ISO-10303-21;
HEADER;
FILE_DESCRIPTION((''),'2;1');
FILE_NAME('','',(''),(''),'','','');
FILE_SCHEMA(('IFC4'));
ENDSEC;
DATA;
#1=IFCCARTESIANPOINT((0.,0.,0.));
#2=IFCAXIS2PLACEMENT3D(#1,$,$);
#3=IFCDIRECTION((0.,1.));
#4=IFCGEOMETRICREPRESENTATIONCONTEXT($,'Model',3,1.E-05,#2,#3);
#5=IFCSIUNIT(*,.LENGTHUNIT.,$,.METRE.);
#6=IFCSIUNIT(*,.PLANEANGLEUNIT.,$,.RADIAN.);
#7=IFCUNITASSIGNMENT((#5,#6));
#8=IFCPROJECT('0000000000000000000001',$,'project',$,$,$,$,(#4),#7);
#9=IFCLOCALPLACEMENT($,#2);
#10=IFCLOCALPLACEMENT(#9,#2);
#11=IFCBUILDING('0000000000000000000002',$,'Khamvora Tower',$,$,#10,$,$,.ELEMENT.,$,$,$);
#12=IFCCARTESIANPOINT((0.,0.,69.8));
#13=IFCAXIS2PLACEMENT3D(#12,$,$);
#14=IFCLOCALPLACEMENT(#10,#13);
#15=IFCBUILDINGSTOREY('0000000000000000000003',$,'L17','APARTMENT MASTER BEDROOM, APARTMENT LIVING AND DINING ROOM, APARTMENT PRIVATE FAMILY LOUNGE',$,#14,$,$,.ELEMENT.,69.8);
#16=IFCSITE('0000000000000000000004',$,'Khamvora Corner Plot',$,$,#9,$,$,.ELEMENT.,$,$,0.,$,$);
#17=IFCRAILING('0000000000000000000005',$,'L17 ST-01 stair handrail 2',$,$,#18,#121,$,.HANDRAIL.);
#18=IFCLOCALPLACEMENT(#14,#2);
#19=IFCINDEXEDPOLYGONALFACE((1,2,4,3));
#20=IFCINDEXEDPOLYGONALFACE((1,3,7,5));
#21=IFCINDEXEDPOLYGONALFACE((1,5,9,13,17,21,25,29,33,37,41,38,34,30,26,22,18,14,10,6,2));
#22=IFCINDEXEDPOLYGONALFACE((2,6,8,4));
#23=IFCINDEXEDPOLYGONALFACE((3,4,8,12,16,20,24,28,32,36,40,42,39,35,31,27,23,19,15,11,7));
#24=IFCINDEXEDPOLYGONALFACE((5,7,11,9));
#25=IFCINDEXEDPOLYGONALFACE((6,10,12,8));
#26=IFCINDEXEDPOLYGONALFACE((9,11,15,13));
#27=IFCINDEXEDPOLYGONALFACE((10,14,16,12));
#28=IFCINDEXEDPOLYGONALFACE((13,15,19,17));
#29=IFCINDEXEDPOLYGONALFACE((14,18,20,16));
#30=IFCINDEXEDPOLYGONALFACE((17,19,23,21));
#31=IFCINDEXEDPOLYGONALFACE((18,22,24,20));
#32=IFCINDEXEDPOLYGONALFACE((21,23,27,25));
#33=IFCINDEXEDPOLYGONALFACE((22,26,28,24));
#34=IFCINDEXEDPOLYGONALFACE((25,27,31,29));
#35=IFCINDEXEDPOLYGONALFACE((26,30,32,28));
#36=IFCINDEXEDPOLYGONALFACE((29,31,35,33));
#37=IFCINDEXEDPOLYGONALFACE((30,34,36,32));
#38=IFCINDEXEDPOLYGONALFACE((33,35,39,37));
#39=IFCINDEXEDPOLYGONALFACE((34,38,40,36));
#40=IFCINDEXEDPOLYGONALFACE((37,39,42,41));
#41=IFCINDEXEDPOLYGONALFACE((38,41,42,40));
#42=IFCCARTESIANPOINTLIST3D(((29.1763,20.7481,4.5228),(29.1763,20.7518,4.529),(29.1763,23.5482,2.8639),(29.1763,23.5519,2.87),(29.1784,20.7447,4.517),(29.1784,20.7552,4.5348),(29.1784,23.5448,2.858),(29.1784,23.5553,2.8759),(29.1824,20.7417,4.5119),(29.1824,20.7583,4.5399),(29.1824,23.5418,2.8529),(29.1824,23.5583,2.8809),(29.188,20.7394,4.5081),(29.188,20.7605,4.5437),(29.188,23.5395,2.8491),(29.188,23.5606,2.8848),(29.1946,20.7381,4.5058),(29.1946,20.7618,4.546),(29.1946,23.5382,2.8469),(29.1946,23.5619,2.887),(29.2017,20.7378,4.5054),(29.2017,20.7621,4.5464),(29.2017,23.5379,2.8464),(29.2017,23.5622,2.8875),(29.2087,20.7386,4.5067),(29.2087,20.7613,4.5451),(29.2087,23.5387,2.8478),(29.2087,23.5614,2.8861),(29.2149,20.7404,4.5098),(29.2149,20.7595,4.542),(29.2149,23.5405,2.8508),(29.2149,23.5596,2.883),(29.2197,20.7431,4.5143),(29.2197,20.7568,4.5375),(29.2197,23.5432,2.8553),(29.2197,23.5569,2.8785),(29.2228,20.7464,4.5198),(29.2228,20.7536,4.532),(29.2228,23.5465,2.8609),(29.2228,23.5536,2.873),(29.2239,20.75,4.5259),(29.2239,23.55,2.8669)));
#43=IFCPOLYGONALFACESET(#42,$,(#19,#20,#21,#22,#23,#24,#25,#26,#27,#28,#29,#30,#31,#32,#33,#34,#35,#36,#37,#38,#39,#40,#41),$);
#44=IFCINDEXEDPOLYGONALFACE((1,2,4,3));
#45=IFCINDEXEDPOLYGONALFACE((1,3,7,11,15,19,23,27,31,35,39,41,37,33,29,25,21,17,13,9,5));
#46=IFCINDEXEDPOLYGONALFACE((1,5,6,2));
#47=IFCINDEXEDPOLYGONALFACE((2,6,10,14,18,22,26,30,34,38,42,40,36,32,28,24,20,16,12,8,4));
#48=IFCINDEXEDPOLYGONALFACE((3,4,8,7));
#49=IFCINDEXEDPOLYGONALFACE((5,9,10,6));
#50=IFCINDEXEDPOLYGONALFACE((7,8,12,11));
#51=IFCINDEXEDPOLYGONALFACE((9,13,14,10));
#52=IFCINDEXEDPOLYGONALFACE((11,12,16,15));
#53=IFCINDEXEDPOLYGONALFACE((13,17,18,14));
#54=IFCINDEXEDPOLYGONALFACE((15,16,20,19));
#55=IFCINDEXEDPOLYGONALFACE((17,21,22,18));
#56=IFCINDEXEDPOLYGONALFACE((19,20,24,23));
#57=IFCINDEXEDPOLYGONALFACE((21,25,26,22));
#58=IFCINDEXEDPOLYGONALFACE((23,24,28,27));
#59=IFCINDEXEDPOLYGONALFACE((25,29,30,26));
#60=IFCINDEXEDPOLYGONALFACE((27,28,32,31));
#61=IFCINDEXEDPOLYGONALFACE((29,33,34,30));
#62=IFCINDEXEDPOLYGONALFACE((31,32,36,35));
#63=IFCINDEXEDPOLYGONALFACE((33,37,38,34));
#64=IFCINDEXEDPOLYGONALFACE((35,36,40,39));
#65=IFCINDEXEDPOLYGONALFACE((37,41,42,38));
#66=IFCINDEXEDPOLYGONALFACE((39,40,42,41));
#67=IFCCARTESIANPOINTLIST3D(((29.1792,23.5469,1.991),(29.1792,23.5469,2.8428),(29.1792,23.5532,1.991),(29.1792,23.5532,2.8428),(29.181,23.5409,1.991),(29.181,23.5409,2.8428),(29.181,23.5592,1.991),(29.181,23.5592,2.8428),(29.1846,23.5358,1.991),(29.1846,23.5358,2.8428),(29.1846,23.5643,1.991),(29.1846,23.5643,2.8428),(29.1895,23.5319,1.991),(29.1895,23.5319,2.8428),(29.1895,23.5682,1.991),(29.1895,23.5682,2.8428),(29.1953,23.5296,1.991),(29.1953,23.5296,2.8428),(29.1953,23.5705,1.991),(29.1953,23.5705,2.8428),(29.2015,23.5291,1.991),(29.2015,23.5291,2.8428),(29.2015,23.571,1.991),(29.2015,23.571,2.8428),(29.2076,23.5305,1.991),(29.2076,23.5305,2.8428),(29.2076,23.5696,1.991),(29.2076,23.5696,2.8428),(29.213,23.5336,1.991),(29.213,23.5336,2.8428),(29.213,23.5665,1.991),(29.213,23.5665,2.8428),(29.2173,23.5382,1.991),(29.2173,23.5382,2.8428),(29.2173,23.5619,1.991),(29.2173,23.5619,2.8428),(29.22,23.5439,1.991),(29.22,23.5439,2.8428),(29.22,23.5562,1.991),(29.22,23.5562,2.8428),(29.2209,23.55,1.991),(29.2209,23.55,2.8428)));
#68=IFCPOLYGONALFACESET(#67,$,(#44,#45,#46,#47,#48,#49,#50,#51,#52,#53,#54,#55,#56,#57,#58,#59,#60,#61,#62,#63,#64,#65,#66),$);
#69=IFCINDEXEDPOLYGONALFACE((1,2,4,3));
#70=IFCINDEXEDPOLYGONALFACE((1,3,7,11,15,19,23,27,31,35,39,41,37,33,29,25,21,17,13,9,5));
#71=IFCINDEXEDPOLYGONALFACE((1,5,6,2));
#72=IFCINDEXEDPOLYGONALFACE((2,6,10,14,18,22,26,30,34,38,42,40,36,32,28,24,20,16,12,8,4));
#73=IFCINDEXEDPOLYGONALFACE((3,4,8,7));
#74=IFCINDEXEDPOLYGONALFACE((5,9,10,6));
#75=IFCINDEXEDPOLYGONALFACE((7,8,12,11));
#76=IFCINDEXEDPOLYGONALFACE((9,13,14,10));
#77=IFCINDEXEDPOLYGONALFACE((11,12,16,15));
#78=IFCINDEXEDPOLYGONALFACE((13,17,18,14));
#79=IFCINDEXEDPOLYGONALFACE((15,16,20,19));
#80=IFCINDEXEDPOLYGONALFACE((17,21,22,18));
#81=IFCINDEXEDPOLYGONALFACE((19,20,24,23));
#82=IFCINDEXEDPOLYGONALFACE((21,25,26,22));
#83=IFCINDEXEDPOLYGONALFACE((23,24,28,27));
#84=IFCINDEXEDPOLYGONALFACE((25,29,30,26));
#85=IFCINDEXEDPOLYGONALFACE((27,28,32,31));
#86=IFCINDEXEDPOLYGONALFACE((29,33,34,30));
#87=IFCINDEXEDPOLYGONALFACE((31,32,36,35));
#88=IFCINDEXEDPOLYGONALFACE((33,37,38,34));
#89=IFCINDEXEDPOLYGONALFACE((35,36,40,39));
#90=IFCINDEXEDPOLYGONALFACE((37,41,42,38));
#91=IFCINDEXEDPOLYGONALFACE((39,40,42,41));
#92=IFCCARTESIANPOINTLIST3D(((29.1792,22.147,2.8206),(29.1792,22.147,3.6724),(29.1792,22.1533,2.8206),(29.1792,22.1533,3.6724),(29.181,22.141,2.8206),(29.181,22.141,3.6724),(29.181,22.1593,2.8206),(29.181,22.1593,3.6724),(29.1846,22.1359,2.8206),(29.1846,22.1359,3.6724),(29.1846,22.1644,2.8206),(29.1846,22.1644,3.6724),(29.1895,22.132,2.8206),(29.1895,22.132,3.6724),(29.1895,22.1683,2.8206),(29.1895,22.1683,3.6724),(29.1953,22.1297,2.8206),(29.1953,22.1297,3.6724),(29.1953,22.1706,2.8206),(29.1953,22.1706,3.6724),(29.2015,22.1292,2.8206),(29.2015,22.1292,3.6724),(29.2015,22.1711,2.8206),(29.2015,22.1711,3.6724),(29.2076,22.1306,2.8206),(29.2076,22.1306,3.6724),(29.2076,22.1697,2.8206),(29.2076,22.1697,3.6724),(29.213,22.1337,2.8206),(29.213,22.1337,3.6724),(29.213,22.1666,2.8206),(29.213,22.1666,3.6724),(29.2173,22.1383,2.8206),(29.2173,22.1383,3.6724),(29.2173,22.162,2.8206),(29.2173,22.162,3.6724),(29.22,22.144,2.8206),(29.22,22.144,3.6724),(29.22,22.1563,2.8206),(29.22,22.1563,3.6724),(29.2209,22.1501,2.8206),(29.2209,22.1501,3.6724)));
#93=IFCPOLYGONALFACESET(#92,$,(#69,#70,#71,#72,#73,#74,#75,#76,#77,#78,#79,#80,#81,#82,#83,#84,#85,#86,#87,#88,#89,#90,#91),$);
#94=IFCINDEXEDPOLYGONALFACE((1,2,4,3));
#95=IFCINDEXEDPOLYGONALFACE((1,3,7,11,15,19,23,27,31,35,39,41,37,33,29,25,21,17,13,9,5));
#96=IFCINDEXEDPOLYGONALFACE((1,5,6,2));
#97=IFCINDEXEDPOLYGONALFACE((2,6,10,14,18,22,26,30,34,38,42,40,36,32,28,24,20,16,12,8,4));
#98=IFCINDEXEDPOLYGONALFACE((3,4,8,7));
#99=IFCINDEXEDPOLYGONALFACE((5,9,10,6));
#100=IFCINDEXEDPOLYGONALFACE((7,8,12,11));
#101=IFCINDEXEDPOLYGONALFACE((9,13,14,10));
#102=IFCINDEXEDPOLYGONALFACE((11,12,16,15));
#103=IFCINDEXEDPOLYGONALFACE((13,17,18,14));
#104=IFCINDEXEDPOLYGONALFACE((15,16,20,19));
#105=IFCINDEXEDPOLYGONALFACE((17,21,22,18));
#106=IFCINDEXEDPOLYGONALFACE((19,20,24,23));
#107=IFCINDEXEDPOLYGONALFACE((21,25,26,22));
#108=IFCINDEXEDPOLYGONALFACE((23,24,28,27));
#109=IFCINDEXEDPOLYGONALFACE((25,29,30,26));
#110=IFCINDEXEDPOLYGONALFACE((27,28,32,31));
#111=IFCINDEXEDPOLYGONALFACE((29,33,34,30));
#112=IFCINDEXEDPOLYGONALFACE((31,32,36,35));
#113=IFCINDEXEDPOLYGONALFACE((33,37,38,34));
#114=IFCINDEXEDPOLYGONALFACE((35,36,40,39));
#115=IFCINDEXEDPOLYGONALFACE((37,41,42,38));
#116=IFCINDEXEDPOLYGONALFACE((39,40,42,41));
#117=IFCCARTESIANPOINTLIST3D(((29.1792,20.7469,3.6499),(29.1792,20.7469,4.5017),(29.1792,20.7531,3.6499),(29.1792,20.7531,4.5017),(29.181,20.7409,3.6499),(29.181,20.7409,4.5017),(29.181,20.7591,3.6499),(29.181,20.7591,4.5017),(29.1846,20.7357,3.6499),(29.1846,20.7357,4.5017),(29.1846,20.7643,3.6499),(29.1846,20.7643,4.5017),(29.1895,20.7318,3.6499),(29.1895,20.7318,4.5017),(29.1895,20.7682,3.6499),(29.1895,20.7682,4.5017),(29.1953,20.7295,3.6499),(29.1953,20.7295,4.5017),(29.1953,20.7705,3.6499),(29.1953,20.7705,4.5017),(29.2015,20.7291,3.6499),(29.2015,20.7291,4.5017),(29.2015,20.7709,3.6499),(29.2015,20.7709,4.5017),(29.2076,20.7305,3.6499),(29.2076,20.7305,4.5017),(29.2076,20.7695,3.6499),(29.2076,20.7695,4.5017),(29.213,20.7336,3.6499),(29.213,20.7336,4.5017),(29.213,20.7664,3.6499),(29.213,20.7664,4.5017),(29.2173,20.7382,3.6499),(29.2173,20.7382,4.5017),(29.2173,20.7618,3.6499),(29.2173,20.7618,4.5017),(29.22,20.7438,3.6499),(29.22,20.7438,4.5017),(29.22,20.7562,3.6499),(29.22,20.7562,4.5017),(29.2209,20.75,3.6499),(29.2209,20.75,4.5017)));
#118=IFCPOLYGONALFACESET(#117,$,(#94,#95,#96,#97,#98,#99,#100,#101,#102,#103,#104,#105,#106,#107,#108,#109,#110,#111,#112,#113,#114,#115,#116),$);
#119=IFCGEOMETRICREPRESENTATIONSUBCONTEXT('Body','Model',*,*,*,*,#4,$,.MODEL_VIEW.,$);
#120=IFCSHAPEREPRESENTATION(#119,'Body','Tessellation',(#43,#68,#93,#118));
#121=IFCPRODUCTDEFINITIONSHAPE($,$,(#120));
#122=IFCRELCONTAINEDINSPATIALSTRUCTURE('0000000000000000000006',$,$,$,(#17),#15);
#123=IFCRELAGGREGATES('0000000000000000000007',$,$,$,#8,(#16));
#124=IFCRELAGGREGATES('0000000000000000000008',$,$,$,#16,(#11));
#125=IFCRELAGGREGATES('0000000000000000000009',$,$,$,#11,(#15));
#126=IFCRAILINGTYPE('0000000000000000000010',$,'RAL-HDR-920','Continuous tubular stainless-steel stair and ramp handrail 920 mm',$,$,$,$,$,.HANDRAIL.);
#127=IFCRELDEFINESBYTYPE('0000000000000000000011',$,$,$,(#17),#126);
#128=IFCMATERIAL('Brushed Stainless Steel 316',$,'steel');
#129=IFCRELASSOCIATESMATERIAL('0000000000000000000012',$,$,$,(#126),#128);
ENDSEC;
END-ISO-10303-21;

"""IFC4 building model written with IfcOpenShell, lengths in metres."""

from ifc_helpers import new_model, si_unit, direction, frame, origin, origin_2d, place, context, subcontext, project, spatial, circle, extrude, material, type_object, element, save


model = new_model("IFC4")

# Units and contexts
model_context = context("Model", 3, precision=1e-05, world=origin(), true_north=direction((0.0, 1.0)))
body_context = subcontext(model_context, "Body", "Model", "MODEL_VIEW")
ifc_project = project(units=[si_unit("LENGTHUNIT", "METRE"), si_unit("PLANEANGLEUNIT", "RADIAN")], contexts=[model_context])

# Site, building, storey
site_placement = place(None, origin())
site = spatial("IfcSite", under=ifc_project, at=site_placement, Name="Khamvora Corner Plot", CompositionType="ELEMENT", RefElevation=0.0)
building_placement = place(site_placement, origin())
building = spatial("IfcBuilding", under=site, at=building_placement, Name="Khamvora Tower", CompositionType="ELEMENT")
storey_placement = place(building_placement, frame((0.0, 0.0, 69.8)))
storey = spatial("IfcBuildingStorey", under=building, at=storey_placement, Name="L17", Description="APARTMENT MASTER BEDROOM, APARTMENT LIVING AND DINING ROOM, APARTMENT PRIVATE FAMILY LOUNGE", CompositionType="ELEMENT", Elevation=69.8)

# Railing
ifc_material_1 = material(Name="Brushed Stainless Steel 316", Category="steel")
railing_type_1 = type_object("IfcRailingType", Name="RAL-HDR-920", Description="Continuous tubular stainless-steel stair and ramp handrail 920 mm", PredefinedType="HANDRAIL", material=ifc_material_1)
railing_1_placement = place(storey_placement, frame((29.2, 23.55, 1.991)))
element("IfcRailing", 1, at=railing_1_placement, inside=storey, type_object=railing_type_1, Name="L17 ST-01 stair handrail 2", PredefinedType="HANDRAIL", context=body_context, shape_type="SweptSolid", body=[
    extrude(circle(Radius=0.0239, at=origin_2d()), frame((0.0, 0.0, 0.876), z_axis=(0.0, -0.860339, 0.509722), x_axis=(1.0, 0.0, 0.0)), (0.0, 0.0, 1.0), 3.2546),
    extrude(circle(Radius=0.021, at=origin_2d()), origin(), (0.0, 0.0, 1.0), 0.8518),
    extrude(circle(Radius=0.021, at=origin_2d()), frame((0.0, -1.3999, 0.8296)), (0.0, 0.0, 1.0), 0.8518),
    extrude(circle(Radius=0.021, at=origin_2d()), frame((0.0, -2.8, 1.6589)), (0.0, 0.0, 1.0), 0.8518),
])

save(model, "model.ifc")
